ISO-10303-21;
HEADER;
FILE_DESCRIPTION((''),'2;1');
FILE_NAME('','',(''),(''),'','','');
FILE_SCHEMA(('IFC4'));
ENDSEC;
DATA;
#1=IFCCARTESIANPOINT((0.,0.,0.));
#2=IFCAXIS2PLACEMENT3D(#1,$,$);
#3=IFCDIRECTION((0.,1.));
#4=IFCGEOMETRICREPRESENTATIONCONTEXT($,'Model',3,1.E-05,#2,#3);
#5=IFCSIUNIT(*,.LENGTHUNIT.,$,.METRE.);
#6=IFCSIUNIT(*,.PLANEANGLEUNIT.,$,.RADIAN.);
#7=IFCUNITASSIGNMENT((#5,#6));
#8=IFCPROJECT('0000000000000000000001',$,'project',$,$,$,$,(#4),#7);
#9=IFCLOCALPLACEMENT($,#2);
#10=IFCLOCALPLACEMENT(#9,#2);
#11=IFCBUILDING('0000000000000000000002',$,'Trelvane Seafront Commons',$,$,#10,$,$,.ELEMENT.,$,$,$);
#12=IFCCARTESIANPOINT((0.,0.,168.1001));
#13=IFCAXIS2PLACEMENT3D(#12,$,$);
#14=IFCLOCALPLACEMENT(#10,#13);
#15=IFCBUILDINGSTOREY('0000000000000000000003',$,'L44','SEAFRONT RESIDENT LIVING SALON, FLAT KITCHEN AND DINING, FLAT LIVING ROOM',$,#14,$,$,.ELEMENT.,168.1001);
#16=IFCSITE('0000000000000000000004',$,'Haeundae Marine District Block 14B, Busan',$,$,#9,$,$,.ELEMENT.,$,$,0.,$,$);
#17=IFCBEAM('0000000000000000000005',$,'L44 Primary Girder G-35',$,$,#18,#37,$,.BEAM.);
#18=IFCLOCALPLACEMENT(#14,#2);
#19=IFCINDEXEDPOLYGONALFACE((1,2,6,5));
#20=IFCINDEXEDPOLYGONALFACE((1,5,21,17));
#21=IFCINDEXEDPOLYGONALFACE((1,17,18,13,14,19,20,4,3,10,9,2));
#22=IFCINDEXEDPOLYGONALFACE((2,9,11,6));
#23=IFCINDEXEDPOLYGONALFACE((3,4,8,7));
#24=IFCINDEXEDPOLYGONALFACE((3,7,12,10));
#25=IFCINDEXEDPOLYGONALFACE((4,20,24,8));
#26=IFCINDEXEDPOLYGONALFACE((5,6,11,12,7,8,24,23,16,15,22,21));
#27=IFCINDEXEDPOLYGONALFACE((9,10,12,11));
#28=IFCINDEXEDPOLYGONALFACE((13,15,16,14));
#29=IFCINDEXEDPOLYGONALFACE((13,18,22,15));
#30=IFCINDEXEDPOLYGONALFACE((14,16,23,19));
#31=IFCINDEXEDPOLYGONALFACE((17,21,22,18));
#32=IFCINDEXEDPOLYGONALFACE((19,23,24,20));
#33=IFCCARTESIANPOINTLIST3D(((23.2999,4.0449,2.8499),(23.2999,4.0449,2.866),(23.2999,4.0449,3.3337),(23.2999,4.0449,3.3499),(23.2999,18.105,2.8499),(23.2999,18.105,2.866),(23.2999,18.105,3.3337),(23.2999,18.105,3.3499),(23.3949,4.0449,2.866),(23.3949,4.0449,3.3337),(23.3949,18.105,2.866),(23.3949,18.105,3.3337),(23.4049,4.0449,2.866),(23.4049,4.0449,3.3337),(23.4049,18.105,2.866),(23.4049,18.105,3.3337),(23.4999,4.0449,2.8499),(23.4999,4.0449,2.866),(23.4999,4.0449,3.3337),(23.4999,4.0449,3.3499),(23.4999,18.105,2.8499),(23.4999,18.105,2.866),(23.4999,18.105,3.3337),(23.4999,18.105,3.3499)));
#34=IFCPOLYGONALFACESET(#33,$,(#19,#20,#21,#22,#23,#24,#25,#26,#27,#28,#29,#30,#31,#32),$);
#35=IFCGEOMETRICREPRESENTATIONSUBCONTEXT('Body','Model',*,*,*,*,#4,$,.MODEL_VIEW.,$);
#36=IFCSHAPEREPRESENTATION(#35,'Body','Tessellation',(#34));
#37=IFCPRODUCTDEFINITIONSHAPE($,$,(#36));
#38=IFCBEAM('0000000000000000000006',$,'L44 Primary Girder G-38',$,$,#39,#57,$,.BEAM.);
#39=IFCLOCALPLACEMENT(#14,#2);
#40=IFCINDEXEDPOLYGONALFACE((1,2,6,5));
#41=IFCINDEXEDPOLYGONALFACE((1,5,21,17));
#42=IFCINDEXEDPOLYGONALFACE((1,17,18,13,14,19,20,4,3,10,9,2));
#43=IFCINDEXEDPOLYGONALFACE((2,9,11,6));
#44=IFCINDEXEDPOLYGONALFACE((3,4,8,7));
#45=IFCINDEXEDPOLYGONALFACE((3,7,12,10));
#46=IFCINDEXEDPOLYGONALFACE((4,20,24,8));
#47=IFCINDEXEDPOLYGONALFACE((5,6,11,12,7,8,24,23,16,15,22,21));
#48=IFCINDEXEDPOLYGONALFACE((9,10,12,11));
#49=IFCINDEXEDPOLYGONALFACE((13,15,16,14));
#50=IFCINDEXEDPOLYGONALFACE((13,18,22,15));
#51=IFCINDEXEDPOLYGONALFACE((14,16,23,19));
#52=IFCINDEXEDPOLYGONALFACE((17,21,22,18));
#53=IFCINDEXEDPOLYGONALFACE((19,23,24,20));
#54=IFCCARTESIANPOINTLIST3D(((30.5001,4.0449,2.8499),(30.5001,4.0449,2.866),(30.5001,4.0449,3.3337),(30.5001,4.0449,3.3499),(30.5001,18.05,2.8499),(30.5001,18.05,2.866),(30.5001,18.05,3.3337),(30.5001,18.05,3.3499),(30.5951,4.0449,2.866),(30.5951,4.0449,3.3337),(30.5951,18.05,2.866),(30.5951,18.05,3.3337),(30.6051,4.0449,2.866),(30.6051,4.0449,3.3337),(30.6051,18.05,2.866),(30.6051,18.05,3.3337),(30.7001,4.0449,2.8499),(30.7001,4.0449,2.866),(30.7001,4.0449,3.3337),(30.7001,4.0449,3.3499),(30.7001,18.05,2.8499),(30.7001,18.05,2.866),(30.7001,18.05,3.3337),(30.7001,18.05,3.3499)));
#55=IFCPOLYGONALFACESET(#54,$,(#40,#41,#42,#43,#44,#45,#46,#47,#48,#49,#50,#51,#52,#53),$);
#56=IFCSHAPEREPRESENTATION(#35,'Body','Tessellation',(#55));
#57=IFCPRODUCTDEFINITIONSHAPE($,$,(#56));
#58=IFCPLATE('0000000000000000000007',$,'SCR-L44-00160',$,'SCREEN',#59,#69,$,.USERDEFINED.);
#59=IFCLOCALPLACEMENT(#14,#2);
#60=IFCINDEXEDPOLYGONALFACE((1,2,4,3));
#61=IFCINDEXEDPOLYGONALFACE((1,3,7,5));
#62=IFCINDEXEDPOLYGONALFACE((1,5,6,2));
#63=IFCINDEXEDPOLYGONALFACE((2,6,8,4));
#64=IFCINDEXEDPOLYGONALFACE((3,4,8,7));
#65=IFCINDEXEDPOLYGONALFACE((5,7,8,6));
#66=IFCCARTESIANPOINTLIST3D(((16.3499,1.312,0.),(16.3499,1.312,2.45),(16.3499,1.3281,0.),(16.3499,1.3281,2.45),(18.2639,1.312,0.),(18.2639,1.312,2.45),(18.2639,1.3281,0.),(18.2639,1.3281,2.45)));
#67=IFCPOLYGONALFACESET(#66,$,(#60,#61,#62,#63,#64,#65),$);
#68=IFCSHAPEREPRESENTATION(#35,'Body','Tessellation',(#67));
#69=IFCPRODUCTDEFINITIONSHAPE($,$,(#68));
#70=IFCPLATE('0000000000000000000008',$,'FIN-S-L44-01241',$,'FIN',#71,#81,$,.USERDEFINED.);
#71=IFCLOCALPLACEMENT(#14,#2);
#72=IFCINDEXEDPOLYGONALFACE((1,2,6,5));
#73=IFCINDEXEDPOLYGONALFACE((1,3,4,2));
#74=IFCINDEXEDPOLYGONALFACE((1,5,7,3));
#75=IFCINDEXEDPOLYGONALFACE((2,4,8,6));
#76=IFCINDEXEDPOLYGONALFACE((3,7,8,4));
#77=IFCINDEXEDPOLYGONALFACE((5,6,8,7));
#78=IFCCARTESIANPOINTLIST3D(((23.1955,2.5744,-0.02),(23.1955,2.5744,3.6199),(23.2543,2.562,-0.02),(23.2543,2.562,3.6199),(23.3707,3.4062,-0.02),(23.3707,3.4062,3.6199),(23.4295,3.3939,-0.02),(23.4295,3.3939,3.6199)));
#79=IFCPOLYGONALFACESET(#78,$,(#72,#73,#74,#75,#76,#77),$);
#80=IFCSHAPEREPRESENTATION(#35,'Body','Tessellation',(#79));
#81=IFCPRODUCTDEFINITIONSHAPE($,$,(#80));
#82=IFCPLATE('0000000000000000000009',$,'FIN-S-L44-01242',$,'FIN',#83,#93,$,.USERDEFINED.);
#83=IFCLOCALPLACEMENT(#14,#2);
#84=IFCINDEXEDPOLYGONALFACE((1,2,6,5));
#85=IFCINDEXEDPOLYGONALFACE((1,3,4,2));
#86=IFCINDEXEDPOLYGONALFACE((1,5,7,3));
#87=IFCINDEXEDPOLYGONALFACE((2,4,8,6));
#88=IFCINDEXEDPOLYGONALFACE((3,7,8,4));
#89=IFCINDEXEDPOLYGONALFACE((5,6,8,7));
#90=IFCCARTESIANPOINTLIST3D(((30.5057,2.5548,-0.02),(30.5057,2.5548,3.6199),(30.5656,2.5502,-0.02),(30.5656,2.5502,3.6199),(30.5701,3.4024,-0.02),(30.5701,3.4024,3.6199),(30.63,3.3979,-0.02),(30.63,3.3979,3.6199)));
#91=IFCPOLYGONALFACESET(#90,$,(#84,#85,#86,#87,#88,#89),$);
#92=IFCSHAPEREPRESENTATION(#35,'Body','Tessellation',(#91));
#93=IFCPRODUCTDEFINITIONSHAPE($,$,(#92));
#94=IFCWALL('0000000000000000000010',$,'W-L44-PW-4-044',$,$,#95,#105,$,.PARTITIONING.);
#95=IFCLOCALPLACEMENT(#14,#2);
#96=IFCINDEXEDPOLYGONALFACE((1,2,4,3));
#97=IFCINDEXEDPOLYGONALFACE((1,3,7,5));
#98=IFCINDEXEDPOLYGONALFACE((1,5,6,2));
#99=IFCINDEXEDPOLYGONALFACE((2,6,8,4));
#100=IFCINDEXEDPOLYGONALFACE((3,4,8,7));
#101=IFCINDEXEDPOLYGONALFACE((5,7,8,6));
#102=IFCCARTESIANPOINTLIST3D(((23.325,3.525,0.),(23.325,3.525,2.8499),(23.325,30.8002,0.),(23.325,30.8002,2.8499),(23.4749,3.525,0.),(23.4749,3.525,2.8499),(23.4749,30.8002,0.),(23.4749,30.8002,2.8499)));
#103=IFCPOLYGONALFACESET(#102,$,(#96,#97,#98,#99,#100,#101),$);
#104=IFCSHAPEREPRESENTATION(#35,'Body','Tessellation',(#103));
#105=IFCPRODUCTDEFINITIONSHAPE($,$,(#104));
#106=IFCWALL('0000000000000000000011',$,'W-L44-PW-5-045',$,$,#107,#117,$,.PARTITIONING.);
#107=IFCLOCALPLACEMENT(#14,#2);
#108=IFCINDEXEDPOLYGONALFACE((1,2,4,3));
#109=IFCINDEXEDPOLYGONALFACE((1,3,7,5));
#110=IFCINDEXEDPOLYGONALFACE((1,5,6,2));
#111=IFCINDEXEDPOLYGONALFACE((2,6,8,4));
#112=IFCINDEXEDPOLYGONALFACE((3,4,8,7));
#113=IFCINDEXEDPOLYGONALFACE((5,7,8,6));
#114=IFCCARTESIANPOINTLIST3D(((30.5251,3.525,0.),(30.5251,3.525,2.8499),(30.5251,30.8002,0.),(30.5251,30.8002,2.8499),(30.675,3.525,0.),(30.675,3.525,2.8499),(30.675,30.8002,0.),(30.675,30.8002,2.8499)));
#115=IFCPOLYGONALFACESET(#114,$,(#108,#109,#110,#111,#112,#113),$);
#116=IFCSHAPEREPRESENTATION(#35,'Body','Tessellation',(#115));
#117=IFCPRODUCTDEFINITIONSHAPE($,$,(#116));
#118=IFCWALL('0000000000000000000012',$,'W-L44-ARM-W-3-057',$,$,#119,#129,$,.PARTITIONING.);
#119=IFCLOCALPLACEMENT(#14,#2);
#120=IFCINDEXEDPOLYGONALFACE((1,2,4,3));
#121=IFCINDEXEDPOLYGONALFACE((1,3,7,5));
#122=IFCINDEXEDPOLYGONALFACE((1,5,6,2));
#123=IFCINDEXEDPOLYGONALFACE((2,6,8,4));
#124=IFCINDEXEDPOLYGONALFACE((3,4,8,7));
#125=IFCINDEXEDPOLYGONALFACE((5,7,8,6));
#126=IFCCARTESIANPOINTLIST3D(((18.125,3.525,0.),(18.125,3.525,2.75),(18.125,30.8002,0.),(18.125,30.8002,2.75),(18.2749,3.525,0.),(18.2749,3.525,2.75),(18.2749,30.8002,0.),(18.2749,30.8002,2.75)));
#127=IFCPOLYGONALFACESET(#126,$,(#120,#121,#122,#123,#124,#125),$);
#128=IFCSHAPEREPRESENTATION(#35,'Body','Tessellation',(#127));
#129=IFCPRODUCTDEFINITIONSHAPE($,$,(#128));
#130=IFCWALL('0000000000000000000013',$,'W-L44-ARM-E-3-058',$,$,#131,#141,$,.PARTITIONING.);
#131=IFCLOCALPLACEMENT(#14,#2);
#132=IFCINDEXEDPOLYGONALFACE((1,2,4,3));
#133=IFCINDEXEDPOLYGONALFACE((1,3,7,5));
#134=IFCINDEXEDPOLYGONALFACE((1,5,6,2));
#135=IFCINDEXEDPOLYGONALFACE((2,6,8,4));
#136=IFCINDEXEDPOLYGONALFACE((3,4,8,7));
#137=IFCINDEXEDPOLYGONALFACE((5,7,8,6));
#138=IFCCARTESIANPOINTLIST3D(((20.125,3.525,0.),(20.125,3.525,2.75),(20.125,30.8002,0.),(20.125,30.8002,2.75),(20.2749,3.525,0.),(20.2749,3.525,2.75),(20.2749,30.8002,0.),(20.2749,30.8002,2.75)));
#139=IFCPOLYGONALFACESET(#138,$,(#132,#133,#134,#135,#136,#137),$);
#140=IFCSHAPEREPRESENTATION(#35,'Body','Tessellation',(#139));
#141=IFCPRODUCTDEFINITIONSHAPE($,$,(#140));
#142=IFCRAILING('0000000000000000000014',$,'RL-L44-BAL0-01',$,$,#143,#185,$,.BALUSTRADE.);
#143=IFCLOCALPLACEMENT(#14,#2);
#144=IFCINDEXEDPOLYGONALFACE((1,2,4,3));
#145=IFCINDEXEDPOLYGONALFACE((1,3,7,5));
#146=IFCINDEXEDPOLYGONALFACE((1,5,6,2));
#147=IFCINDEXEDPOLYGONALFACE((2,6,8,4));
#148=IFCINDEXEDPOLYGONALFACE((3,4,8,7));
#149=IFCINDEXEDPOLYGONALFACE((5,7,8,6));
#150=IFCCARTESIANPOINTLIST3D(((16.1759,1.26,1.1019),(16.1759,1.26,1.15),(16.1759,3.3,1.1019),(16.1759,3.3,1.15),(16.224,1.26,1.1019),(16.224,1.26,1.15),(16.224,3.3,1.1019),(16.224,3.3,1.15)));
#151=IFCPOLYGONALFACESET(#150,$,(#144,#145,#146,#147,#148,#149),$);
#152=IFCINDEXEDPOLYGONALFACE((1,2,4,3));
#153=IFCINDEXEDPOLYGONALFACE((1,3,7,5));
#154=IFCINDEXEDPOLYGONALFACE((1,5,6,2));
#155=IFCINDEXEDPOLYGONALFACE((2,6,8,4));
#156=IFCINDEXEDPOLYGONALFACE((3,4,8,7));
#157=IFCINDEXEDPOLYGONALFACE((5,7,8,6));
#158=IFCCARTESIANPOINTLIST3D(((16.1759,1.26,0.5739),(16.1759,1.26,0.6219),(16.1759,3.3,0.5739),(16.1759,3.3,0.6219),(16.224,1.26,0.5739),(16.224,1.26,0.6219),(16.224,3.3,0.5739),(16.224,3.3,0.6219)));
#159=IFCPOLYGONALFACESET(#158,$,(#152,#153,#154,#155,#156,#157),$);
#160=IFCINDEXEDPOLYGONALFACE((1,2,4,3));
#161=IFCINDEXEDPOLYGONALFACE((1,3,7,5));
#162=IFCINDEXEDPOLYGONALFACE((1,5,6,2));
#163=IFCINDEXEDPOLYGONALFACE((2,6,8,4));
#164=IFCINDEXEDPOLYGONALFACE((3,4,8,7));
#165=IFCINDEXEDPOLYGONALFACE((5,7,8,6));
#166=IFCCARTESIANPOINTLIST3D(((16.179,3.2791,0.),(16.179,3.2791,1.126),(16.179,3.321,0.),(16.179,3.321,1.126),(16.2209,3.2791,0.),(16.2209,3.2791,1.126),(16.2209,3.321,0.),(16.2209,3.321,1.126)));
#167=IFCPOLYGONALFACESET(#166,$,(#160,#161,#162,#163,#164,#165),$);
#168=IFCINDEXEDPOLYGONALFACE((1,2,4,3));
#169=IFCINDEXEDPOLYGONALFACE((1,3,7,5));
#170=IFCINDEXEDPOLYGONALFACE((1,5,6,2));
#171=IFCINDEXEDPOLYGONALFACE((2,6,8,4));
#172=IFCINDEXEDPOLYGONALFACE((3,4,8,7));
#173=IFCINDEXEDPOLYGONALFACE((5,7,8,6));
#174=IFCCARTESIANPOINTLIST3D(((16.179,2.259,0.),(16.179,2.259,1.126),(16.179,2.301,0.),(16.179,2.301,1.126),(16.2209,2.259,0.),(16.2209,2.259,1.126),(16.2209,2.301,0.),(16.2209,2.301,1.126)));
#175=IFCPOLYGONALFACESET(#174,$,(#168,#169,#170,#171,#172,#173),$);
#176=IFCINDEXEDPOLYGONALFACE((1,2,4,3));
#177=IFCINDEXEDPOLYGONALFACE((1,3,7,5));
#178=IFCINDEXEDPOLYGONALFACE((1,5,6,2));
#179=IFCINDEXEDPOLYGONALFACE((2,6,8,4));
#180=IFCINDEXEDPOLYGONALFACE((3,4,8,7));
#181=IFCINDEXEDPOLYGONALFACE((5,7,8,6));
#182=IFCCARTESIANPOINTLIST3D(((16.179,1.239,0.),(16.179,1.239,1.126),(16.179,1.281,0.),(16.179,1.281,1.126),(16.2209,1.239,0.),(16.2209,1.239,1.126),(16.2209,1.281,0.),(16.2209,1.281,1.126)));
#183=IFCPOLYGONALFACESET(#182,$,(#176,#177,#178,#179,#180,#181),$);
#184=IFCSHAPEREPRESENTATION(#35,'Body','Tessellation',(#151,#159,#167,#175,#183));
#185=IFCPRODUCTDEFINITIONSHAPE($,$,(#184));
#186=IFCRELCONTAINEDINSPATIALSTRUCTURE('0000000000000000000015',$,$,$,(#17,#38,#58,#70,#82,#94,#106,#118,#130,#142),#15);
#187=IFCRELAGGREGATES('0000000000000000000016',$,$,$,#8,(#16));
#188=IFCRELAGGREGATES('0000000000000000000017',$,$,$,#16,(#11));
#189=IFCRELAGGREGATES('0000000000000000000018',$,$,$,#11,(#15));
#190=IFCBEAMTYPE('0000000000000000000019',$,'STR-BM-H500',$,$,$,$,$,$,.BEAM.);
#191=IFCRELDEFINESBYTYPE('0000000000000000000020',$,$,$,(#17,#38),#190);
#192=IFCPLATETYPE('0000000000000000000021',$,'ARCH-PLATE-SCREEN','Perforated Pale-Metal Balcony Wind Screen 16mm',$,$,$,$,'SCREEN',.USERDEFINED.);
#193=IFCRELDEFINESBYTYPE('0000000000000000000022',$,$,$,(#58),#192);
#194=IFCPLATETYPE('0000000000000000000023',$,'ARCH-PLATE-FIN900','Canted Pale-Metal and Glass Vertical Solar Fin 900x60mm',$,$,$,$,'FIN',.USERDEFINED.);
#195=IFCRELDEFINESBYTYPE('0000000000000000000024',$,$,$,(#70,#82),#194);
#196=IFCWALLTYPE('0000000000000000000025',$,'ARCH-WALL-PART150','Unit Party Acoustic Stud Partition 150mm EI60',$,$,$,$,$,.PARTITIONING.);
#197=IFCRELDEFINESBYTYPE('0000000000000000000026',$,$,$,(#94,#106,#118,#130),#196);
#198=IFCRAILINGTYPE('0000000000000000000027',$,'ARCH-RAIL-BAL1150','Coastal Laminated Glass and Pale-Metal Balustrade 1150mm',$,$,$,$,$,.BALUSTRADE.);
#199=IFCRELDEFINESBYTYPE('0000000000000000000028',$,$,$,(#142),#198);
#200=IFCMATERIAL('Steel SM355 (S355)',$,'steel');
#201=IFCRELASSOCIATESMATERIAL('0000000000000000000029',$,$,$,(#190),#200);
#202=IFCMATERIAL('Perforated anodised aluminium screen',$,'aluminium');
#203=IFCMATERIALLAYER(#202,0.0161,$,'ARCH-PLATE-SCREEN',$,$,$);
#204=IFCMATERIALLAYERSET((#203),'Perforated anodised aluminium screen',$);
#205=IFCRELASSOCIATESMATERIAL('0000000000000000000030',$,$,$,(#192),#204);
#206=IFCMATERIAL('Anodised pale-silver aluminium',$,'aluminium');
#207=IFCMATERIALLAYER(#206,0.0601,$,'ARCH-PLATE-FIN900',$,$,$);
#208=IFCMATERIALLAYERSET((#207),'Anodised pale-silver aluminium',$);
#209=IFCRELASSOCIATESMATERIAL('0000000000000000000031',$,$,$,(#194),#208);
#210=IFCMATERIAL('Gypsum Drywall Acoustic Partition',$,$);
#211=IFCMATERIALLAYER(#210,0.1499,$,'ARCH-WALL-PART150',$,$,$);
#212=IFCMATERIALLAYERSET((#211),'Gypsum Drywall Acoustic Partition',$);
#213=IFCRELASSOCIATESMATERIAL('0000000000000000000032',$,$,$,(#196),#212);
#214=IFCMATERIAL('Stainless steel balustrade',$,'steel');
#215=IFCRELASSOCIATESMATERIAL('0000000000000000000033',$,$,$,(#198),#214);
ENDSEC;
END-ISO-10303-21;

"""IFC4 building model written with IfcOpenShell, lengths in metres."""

from ifc_helpers import new_model, si_unit, direction, frame, frame_2d, origin, origin_2d, place, context, subcontext, project, spatial, rectangle, i_section, extrude, source, transform, mapped, material, layer, layer_set, material_profile, profile_set, type_object, element, save


model = new_model("IFC4")

# Units and contexts
model_context = context("Model", 3, precision=1e-05, world=origin(), true_north=direction((0.0, 1.0)))
body_context = subcontext(model_context, "Body", "Model", "MODEL_VIEW")
ifc_project = project(units=[si_unit("LENGTHUNIT", "METRE"), si_unit("PLANEANGLEUNIT", "RADIAN")], contexts=[model_context])

# Site, building, storey
site_placement = place(None, origin())
site = spatial("IfcSite", under=ifc_project, at=site_placement, Name="Haeundae Marine District Block 14B, Busan", CompositionType="ELEMENT", RefElevation=0.0)
building_placement = place(site_placement, origin())
building = spatial("IfcBuilding", under=site, at=building_placement, Name="Trelvane Seafront Commons", CompositionType="ELEMENT")
storey_placement = place(building_placement, frame((0.0, 0.0, 168.1001)))
storey = spatial("IfcBuildingStorey", under=building, at=storey_placement, Name="L44", Description="SEAFRONT RESIDENT LIVING SALON, FLAT KITCHEN AND DINING, FLAT LIVING ROOM", CompositionType="ELEMENT", Elevation=168.1001)

# Shared definitions
ifc_material_1 = material(Name="Steel SM355 (S355)", Category="steel")

# Beams
ifc_material_profile_1 = material_profile(ifc_material_1, i_section(OverallWidth=0.2, OverallDepth=0.5, WebThickness=0.01, FlangeThickness=0.0161, at=origin_2d()), Name="H-500x200x10x16")
ifc_profile_set_1 = profile_set([ifc_material_profile_1], Name="Steel SM355 (S355)")
beam_type_1 = type_object("IfcBeamType", Name="STR-BM-H500", PredefinedType="BEAM", material=ifc_profile_set_1)
shared_shape_1 = source(origin(), body_context, "Body", "SweptSolid", [
    extrude(i_section(OverallWidth=0.2, OverallDepth=0.5, WebThickness=0.01, FlangeThickness=0.0161, at=origin_2d()), origin(), (0.0, 0.0, 1.0), 14.0601),
])
beam_1_placement = place(storey_placement, frame((23.3999, 4.0449, 3.0999), z_axis=(0.0, 1.0, 0.0), x_axis=(-1.0, 0.0, 0.0)))
element("IfcBeam", 1, at=beam_1_placement, inside=storey, type_object=beam_type_1, Name="L44 Primary Girder G-35", PredefinedType="BEAM", context=body_context, shape_type="MappedRepresentation", body=[
    mapped(shared_shape_1, transform((0.0, 0.0, 0.0), x_axis=(1.0, 0.0, 0.0), y_axis=(0.0, 1.0, 0.0), z_axis=(0.0, 0.0, 1.0), scale=1.0)),
])
shared_shape_2 = source(origin(), body_context, "Body", "SweptSolid", [
    extrude(i_section(OverallWidth=0.2, OverallDepth=0.5, WebThickness=0.01, FlangeThickness=0.0161, at=origin_2d()), origin(), (0.0, 0.0, 1.0), 14.0051),
])
beam_2_placement = place(storey_placement, frame((30.6001, 4.0449, 3.0999), z_axis=(0.0, 1.0, 0.0), x_axis=(-1.0, 0.0, 0.0)))
element("IfcBeam", 2, at=beam_2_placement, inside=storey, type_object=beam_type_1, Name="L44 Primary Girder G-38", PredefinedType="BEAM", context=body_context, shape_type="MappedRepresentation", body=[
    mapped(shared_shape_2, transform((0.0, 0.0, 0.0), x_axis=(1.0, 0.0, 0.0), y_axis=(0.0, 1.0, 0.0), z_axis=(0.0, 0.0, 1.0), scale=1.0)),
])

# Plates
ifc_material_2 = material(Name="Perforated anodised aluminium screen", Category="aluminium")
ifc_layer_1 = layer(ifc_material_2, 0.0161, Name="ARCH-PLATE-SCREEN")
ifc_layer_set_1 = layer_set([ifc_layer_1], Name="Perforated anodised aluminium screen")
plate_type_1 = type_object("IfcPlateType", Name="ARCH-PLATE-SCREEN", Description="Perforated Pale-Metal Balcony Wind Screen 16mm", ElementType="SCREEN", PredefinedType="USERDEFINED", material=ifc_layer_set_1)
shared_shape_3 = source(origin(), body_context, "Body", "SweptSolid", [
    extrude(rectangle(XDim=1.9141, YDim=0.0161, at=origin_2d()), origin(), (0.0, 0.0, 1.0), 2.45),
])
plate_placement = place(storey_placement, frame((17.3069, 1.3201, 0.0), z_axis=(0.0, 0.0, 1.0), x_axis=(1.0, 0.0, 0.0)))
element("IfcPlate", 3, at=plate_placement, inside=storey, type_object=plate_type_1, Name="SCR-L44-00160", ObjectType="SCREEN", PredefinedType="USERDEFINED", context=body_context, shape_type="MappedRepresentation", body=[
    mapped(shared_shape_3, transform((0.0, 0.0, 0.0), x_axis=(1.0, 0.0, 0.0), y_axis=(0.0, 1.0, 0.0), z_axis=(0.0, 0.0, 1.0), scale=1.0)),
])
ifc_material_3 = material(Name="Anodised pale-silver aluminium", Category="aluminium")
ifc_layer_2 = layer(ifc_material_3, 0.0601, Name="ARCH-PLATE-FIN900")
ifc_layer_set_2 = layer_set([ifc_layer_2], Name="Anodised pale-silver aluminium")
plate_type_2 = type_object("IfcPlateType", Name="ARCH-PLATE-FIN900", Description="Canted Pale-Metal and Glass Vertical Solar Fin 900x60mm", ElementType="FIN", PredefinedType="USERDEFINED", material=ifc_layer_set_2)
shared_shape_4 = source(origin(), body_context, "Body", "SweptSolid", [
    extrude(rectangle(XDim=0.8501, YDim=0.0601, at=origin_2d()), origin(), (0.0, 0.0, 1.0), 3.6399),
])
for number, where, z_axis, x_axis, name in (
    (4, (23.3125, 2.9841, -0.02), (0.0, 0.0, 1.0), (-0.206129, -0.978525, 0.0), "FIN-S-L44-01241"),
    (5, (30.5679, 2.9763, -0.02), (0.0, 0.0, 1.0), (-0.07576, -0.997126, 0.0), "FIN-S-L44-01242"),
):
    element("IfcPlate", number, at=place(storey_placement, frame(where, z_axis=z_axis, x_axis=x_axis)), inside=storey, type_object=plate_type_2, Name=name, ObjectType="FIN", PredefinedType="USERDEFINED", context=body_context, shape_type="MappedRepresentation", body=[
        mapped(shared_shape_4, transform((0.0, 0.0, 0.0), x_axis=(1.0, 0.0, 0.0), y_axis=(0.0, 1.0, 0.0), z_axis=(0.0, 0.0, 1.0), scale=1.0)),
    ])

# Shared definitions
ifc_material_4 = material(Name="Gypsum Drywall Acoustic Partition")

# Walls
ifc_layer_3 = layer(ifc_material_4, 0.1499, Name="ARCH-WALL-PART150")
ifc_layer_set_3 = layer_set([ifc_layer_3], Name="Gypsum Drywall Acoustic Partition")
wall_type_1 = type_object("IfcWallType", Name="ARCH-WALL-PART150", Description="Unit Party Acoustic Stud Partition 150mm EI60", PredefinedType="PARTITIONING", material=ifc_layer_set_3)
for number, where, z_axis, x_axis, name in (
    (6, (23.3999, 3.5249, 0.0), (0.0, 0.0, 1.0), (0.0, 1.0, 0.0), "W-L44-PW-4-044"),
    (7, (30.6001, 3.5249, 0.0), (0.0, 0.0, 1.0), (0.0, 1.0, 0.0), "W-L44-PW-5-045"),
):
    element("IfcWall", number, at=place(storey_placement, frame(where, z_axis=z_axis, x_axis=x_axis)), inside=storey, type_object=wall_type_1, Name=name, PredefinedType="PARTITIONING", context=body_context, shape_type="SweptSolid", body=[
        extrude(rectangle(XDim=27.2751, YDim=0.1499, at=frame_2d((13.6377, 0.0))), origin(), (0.0, 0.0, 1.0), 2.8499),
    ])
for number, where, z_axis, x_axis, name in (
    (8, (18.2, 3.5249, 0.0), (0.0, 0.0, 1.0), (0.0, 1.0, 0.0), "W-L44-ARM-W-3-057"),
    (9, (20.2, 3.5249, 0.0), (0.0, 0.0, 1.0), (0.0, 1.0, 0.0), "W-L44-ARM-E-3-058"),
):
    element("IfcWall", number, at=place(storey_placement, frame(where, z_axis=z_axis, x_axis=x_axis)), inside=storey, type_object=wall_type_1, Name=name, PredefinedType="PARTITIONING", context=body_context, shape_type="SweptSolid", body=[
        extrude(rectangle(XDim=27.2751, YDim=0.1499, at=frame_2d((13.6377, 0.0))), origin(), (0.0, 0.0, 1.0), 2.75),
    ])

# Railing
ifc_material_5 = material(Name="Stainless steel balustrade", Category="steel")
railing_type = type_object("IfcRailingType", Name="ARCH-RAIL-BAL1150", Description="Coastal Laminated Glass and Pale-Metal Balustrade 1150mm", PredefinedType="BALUSTRADE", material=ifc_material_5)
railing_1_placement = place(storey_placement, frame((16.2, 3.3, 0.0)))
element("IfcRailing", 10, at=railing_1_placement, inside=storey, type_object=railing_type, Name="RL-L44-BAL0-01", PredefinedType="BALUSTRADE", context=body_context, shape_type="SweptSolid", body=[
    extrude(rectangle(XDim=0.0481, YDim=0.0481, at=origin_2d()), frame((0.0, 0.0, 1.126), z_axis=(0.0, -1.0, 0.0), x_axis=(1.0, 0.0, 0.0)), (0.0, 0.0, 1.0), 2.04),
    extrude(rectangle(XDim=0.0481, YDim=0.0481, at=origin_2d()), frame((0.0, 0.0, 0.5979), z_axis=(0.0, -1.0, 0.0), x_axis=(1.0, 0.0, 0.0)), (0.0, 0.0, 1.0), 2.04),
    extrude(rectangle(XDim=0.042, YDim=0.042, at=origin_2d()), origin(), (0.0, 0.0, 1.0), 1.126),
    extrude(rectangle(XDim=0.042, YDim=0.042, at=origin_2d()), frame((0.0, -1.02, 0.0)), (0.0, 0.0, 1.0), 1.126),
    extrude(rectangle(XDim=0.042, YDim=0.042, at=origin_2d()), frame((0.0, -2.04, 0.0)), (0.0, 0.0, 1.0), 1.126),
])

save(model, "model.ifc")
